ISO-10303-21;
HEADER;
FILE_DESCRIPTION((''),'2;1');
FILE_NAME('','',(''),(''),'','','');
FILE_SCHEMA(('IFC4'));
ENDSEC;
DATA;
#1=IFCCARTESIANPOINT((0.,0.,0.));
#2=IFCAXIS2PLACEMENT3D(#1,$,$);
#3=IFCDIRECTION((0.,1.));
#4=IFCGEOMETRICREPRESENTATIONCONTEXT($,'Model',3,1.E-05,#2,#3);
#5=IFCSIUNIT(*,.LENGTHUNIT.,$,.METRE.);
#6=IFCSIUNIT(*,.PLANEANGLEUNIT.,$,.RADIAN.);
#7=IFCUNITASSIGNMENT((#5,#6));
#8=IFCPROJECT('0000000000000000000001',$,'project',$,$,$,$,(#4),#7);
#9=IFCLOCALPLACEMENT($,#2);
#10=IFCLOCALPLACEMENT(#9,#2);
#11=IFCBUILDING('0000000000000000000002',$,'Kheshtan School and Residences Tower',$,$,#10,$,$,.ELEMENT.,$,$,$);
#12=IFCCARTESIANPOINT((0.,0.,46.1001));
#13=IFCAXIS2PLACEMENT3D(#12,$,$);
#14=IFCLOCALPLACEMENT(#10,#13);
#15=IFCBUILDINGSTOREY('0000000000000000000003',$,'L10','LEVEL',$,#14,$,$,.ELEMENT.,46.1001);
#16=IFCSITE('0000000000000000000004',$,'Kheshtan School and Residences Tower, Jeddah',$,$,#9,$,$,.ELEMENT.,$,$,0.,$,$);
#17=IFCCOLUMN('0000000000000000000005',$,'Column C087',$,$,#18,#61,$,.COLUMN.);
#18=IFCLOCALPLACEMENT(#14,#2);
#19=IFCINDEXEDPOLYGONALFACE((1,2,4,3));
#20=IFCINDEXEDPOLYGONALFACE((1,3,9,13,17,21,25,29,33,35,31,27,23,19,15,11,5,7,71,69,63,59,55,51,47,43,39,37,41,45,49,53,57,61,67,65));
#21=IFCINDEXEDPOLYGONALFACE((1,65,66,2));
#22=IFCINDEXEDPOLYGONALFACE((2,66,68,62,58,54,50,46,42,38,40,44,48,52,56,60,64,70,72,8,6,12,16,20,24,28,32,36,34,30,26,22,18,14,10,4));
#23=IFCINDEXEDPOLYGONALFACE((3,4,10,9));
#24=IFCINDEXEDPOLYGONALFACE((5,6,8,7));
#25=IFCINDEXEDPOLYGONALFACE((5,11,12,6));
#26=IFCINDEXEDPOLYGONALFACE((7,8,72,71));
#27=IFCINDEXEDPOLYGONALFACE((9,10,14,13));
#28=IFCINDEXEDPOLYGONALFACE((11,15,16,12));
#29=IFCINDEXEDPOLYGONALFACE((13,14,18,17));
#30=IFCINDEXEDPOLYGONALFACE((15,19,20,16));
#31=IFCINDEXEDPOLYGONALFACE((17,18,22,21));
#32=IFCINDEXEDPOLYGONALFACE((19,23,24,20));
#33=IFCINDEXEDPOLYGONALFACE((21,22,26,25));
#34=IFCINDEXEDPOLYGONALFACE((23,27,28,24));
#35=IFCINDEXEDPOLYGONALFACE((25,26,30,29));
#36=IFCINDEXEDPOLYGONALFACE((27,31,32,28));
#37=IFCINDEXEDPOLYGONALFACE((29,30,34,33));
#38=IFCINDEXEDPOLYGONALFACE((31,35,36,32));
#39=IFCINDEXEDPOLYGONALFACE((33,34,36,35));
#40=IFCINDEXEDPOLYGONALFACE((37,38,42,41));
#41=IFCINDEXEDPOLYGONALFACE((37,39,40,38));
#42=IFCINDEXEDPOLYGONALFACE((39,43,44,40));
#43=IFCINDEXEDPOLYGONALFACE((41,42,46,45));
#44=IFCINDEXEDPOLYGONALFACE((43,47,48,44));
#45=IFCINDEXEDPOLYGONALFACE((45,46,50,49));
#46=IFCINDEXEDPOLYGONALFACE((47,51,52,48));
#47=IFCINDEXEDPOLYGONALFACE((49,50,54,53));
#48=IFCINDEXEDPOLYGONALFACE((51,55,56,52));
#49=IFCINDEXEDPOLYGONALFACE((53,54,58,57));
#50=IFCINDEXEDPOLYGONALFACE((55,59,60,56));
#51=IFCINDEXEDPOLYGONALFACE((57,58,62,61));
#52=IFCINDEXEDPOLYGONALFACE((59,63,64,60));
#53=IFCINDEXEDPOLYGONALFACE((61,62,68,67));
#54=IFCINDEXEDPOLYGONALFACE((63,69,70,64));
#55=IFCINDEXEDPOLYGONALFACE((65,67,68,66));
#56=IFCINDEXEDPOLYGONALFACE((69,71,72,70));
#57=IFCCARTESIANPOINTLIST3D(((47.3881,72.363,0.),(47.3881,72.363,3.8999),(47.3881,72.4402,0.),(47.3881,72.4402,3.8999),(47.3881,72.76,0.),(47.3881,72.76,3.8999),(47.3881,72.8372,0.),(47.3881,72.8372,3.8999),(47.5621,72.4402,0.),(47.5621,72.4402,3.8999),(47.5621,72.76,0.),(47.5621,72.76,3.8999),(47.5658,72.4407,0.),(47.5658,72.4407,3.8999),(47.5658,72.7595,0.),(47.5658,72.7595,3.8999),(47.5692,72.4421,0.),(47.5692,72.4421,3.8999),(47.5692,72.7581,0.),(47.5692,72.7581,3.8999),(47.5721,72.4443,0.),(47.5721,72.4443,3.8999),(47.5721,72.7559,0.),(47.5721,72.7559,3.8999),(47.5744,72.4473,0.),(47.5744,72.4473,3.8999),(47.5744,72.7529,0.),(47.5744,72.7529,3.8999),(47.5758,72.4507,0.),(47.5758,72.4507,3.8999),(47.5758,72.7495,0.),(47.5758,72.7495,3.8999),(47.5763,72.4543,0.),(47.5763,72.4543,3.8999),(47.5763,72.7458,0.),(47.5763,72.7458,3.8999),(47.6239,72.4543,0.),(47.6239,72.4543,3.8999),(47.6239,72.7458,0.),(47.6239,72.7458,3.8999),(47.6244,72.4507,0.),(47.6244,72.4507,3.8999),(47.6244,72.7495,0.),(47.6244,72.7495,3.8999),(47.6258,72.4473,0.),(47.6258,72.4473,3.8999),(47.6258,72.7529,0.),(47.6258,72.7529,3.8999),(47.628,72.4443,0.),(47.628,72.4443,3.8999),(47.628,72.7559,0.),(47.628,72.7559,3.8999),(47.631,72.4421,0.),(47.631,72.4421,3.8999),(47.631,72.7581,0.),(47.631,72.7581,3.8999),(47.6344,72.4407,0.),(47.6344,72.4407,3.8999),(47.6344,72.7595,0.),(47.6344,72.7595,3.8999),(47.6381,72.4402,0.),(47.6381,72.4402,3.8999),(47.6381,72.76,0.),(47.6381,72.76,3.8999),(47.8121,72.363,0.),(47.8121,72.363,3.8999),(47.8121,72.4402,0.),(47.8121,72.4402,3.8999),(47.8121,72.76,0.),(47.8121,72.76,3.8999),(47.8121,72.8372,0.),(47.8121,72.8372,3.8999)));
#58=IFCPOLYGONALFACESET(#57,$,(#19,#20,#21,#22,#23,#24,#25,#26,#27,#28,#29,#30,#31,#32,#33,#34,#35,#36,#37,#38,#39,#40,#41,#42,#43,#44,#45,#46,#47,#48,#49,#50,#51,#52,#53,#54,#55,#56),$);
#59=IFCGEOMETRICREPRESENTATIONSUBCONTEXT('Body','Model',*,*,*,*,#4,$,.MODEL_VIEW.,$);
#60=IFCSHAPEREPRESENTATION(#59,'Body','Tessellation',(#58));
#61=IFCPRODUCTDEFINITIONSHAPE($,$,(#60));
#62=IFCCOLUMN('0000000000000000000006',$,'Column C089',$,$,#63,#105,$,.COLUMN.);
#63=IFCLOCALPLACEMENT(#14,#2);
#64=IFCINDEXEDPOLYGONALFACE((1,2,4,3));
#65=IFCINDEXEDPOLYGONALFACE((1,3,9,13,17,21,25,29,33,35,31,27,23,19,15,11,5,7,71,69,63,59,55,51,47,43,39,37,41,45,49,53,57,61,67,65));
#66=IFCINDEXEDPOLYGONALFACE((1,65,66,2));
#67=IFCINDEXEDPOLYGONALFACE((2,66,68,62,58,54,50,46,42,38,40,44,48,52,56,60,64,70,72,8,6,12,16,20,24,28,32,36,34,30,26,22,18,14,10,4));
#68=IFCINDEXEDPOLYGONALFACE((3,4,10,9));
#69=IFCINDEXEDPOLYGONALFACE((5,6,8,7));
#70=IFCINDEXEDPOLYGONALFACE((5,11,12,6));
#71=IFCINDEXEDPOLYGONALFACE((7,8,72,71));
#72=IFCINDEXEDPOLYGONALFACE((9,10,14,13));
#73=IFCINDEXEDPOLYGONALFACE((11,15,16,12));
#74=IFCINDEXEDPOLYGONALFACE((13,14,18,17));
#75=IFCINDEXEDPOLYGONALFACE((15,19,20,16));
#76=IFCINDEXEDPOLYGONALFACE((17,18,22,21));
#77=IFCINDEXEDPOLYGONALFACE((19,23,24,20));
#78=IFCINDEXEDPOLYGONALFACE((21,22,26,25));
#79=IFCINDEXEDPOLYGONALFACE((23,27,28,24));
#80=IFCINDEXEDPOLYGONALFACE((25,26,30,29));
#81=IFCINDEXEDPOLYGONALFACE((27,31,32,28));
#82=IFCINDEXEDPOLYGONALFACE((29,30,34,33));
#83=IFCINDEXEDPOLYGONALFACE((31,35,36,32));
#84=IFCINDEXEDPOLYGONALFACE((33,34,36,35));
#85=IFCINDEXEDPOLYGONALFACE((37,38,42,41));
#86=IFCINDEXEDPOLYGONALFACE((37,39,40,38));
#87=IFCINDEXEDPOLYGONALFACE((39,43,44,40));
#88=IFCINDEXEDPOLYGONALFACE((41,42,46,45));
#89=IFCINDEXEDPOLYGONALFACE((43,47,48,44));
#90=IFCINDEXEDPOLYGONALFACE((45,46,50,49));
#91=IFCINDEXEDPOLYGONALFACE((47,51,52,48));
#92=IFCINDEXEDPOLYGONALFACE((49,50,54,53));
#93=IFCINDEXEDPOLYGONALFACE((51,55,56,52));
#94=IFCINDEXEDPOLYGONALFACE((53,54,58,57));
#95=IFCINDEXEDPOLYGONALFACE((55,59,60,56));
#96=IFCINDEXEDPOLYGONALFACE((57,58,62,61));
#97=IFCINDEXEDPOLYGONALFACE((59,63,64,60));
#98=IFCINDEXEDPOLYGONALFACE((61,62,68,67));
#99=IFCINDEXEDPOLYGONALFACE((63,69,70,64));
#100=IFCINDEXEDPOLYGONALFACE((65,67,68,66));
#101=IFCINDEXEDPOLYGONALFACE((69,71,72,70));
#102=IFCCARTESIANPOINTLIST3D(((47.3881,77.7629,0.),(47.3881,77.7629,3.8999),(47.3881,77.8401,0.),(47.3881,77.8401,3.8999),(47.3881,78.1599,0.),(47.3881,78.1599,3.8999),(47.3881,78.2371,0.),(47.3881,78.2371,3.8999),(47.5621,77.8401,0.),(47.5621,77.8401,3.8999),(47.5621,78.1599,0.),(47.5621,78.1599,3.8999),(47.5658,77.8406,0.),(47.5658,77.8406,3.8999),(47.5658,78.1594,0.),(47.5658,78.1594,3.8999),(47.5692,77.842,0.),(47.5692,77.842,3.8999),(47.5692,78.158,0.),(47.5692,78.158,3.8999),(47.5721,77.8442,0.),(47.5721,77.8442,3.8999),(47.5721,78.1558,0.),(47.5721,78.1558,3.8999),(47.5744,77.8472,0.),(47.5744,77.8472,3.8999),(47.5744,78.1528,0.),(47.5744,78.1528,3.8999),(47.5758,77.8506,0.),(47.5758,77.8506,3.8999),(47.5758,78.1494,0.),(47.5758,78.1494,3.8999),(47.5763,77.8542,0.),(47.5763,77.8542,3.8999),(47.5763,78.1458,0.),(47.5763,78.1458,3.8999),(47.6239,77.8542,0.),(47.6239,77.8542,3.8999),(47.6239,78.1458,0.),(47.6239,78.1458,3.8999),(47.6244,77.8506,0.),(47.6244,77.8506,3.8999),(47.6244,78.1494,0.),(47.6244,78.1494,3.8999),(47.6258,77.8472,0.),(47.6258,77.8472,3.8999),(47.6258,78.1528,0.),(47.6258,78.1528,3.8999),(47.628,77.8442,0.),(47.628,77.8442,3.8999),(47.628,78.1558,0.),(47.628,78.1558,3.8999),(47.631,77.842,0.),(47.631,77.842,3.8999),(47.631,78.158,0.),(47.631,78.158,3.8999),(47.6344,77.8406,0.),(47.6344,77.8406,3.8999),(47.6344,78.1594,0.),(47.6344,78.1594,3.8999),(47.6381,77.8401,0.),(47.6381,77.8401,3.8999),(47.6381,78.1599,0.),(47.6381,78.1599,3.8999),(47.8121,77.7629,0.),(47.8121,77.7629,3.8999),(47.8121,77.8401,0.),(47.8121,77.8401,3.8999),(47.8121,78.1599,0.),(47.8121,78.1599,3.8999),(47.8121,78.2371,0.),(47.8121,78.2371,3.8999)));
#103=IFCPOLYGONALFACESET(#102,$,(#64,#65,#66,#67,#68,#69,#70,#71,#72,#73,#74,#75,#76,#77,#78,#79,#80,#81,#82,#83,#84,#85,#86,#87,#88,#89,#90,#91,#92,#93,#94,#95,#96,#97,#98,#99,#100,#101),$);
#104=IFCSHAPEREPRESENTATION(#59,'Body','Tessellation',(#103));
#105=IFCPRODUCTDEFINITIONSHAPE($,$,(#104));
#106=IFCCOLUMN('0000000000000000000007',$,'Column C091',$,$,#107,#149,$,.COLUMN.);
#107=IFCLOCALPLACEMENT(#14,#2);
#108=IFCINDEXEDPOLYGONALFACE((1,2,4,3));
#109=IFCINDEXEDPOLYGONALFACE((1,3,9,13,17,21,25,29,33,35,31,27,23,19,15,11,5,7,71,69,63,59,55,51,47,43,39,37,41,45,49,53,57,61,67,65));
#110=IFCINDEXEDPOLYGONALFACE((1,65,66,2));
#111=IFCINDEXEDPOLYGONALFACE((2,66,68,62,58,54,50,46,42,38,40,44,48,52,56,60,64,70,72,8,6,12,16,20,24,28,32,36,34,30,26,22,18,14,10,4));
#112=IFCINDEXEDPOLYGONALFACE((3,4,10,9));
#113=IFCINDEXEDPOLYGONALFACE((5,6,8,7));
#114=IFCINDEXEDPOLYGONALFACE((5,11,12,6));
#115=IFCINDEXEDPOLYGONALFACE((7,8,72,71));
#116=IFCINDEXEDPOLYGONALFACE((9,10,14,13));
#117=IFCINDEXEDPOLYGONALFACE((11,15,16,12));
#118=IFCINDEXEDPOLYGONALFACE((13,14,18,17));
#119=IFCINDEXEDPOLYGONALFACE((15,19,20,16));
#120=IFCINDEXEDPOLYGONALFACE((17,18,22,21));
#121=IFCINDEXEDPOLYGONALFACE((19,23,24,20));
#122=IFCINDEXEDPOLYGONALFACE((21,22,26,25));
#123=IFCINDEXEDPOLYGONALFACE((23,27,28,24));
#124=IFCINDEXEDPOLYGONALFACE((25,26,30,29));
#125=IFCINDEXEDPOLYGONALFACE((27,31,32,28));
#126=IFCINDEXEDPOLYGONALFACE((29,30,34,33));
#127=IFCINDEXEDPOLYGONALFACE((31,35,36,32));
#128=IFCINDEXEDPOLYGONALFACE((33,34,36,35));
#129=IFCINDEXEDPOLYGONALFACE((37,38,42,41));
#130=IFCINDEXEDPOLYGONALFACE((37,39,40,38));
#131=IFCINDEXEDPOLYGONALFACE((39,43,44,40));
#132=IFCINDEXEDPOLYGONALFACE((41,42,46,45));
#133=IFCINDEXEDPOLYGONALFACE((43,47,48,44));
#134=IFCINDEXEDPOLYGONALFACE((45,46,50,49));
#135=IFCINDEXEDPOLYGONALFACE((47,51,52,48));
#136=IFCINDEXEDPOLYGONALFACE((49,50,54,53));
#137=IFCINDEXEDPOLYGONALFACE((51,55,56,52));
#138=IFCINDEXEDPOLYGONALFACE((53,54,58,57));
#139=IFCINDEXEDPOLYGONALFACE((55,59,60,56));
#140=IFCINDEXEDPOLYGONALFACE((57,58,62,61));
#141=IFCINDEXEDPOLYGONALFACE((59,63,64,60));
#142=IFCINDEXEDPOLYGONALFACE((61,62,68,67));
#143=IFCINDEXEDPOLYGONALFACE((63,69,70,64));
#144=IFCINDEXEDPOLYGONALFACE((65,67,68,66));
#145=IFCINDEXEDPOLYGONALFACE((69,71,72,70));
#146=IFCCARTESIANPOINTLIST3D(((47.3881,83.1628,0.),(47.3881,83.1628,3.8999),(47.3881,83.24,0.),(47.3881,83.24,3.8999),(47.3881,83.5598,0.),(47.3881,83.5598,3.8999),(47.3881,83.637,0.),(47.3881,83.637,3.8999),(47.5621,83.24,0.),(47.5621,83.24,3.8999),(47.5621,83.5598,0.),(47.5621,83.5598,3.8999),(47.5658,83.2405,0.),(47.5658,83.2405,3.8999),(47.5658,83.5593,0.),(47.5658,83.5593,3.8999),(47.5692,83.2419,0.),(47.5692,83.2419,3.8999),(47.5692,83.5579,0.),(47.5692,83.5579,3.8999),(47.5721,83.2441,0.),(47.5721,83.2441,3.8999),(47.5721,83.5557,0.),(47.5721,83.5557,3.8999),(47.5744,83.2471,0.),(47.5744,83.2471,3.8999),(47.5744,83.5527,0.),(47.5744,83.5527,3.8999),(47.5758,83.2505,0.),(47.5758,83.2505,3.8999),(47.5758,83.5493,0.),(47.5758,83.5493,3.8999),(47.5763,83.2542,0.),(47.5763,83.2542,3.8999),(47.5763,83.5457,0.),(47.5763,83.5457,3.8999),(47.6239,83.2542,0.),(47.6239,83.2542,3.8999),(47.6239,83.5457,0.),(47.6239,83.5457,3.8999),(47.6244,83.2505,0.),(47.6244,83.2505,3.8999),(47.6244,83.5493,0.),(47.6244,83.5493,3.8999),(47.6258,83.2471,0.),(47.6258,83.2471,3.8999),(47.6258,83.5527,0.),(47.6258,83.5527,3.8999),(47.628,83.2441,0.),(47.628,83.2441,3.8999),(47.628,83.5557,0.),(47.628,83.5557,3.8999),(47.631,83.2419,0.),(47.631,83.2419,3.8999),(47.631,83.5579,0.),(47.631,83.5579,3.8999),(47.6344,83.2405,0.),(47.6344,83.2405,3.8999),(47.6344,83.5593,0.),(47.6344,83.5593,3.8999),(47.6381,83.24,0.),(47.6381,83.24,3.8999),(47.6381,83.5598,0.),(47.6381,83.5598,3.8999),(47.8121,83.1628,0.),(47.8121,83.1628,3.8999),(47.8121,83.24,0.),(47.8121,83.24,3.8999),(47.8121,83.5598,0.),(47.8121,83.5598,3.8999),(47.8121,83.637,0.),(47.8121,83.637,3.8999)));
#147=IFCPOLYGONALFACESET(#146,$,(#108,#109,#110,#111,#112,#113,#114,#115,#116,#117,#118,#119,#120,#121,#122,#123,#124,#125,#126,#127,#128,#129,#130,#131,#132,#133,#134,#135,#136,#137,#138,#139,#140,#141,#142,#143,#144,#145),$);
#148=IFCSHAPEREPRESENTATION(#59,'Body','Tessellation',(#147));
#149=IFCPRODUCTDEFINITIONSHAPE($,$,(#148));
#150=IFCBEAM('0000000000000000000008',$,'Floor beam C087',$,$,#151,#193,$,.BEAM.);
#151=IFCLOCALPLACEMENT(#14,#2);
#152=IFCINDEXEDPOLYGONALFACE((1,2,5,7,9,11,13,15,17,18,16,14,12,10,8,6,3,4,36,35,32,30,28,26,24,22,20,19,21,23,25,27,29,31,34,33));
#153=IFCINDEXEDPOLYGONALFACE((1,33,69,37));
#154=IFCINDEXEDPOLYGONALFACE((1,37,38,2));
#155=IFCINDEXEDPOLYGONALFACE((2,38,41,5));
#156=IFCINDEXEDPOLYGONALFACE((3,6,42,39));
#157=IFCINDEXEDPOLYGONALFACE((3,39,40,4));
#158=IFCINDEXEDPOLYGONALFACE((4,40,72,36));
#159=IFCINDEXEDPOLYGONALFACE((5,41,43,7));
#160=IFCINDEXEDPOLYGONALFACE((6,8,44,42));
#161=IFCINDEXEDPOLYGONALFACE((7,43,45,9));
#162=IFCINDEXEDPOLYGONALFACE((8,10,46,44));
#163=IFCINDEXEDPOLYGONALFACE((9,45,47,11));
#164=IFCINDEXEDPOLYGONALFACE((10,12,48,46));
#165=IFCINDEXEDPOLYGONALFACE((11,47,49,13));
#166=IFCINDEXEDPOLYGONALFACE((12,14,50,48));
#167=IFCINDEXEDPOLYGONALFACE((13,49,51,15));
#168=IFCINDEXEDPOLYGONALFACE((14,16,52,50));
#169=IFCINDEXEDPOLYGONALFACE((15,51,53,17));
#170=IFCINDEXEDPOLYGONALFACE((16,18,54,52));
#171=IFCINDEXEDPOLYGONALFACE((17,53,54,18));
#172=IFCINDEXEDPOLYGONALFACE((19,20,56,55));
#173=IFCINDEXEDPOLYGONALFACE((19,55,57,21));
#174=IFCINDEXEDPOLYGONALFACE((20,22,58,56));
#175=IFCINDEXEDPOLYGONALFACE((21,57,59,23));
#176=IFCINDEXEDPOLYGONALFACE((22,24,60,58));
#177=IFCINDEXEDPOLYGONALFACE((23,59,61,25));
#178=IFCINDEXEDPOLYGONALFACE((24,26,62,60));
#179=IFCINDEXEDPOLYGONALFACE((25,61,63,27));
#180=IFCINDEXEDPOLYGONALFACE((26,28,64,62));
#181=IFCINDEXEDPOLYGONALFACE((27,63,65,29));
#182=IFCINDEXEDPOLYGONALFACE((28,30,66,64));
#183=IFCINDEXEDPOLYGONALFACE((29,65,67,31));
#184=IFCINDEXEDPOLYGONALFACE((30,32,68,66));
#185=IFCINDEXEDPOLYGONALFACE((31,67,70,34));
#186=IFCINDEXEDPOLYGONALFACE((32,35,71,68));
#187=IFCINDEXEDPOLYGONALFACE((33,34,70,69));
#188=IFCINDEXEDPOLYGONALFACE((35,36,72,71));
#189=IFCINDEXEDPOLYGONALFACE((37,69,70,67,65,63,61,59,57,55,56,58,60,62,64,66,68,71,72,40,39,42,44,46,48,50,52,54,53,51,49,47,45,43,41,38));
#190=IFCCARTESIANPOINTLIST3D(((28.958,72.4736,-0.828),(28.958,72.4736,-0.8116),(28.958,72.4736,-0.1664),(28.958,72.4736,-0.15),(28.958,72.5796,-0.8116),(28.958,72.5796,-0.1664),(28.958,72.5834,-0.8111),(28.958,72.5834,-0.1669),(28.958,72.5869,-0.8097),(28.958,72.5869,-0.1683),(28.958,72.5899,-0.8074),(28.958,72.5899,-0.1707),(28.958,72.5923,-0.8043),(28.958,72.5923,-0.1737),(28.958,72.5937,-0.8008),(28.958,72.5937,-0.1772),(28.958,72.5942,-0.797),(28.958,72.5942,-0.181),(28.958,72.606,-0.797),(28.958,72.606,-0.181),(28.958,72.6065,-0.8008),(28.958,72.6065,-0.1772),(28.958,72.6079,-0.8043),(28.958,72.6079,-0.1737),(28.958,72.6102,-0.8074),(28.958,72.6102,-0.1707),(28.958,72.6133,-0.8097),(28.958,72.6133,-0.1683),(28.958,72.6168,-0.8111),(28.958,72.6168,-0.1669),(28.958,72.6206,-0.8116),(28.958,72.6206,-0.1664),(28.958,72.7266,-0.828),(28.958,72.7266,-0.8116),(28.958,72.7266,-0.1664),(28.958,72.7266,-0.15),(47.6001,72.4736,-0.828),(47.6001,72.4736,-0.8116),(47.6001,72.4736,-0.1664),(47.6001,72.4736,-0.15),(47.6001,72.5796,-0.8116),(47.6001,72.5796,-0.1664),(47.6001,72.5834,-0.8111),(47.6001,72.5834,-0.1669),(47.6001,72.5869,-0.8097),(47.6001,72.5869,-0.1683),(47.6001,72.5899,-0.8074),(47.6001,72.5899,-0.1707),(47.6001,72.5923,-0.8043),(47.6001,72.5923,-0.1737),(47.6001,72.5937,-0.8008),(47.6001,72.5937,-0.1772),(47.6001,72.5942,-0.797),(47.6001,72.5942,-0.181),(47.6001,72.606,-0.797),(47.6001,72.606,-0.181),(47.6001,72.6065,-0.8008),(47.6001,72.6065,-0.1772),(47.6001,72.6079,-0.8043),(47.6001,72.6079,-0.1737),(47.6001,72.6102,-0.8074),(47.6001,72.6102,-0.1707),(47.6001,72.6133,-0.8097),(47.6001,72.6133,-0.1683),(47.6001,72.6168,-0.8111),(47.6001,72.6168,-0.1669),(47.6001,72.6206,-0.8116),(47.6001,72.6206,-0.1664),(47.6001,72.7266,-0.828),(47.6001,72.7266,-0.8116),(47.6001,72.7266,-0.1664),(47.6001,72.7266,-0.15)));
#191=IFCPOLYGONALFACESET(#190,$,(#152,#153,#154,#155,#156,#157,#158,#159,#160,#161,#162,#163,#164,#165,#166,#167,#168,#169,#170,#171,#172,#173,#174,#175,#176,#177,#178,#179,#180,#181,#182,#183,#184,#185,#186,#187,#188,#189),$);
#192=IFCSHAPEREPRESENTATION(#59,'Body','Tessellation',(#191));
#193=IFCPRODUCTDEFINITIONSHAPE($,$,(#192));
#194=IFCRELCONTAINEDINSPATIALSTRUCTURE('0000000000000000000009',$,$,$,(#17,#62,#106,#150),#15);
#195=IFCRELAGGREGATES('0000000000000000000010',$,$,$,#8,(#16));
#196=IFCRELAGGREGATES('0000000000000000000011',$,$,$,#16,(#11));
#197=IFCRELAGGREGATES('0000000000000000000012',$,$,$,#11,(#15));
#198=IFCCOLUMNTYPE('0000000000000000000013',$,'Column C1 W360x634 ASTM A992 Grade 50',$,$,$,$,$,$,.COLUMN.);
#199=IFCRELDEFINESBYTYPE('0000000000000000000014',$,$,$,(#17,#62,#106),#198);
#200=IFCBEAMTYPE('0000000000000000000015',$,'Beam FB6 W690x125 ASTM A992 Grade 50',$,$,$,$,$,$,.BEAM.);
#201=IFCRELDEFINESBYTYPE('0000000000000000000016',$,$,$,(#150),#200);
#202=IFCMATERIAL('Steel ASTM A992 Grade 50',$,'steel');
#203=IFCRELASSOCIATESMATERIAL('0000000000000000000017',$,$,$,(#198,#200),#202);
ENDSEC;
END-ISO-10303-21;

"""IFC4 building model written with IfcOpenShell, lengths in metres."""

from ifc_helpers import new_model, si_unit, direction, frame, origin, origin_2d, place, context, subcontext, project, spatial, i_section, extrude, material, material_profile, profile_set, type_object, element, save


model = new_model("IFC4")

# Units and contexts
model_context = context("Model", 3, precision=1e-05, world=origin(), true_north=direction((0.0, 1.0)))
body_context = subcontext(model_context, "Body", "Model", "MODEL_VIEW")
ifc_project = project(units=[si_unit("LENGTHUNIT", "METRE"), si_unit("PLANEANGLEUNIT", "RADIAN")], contexts=[model_context])

# Site, building, storey
site_placement = place(None, origin())
site = spatial("IfcSite", under=ifc_project, at=site_placement, Name="Kheshtan School and Residences Tower, Jeddah", CompositionType="ELEMENT", RefElevation=0.0)
building_placement = place(site_placement, origin())
building = spatial("IfcBuilding", under=site, at=building_placement, Name="Kheshtan School and Residences Tower", CompositionType="ELEMENT")
storey_placement = place(building_placement, frame((0.0, 0.0, 46.1001)))
storey = spatial("IfcBuildingStorey", under=building, at=storey_placement, Name="L10", Description="LEVEL", CompositionType="ELEMENT", Elevation=46.1001)

# Columns
ifc_material_1 = material(Name="Steel ASTM A992 Grade 50", Category="steel")
ifc_material_profile_1 = material_profile(ifc_material_1, i_section(OverallWidth=0.4241, OverallDepth=0.4741, WebThickness=0.0476, FlangeThickness=0.0771, FilletRadius=0.0142, at=origin_2d()), Name="W360x634")
ifc_profile_set_1 = profile_set([ifc_material_profile_1], Name="Steel ASTM A992 Grade 50")
column_type = type_object("IfcColumnType", Name="Column C1 W360x634 ASTM A992 Grade 50", PredefinedType="COLUMN", material=ifc_profile_set_1)
for number, where, z_axis, x_axis, name in (
    (1, (47.6001, 72.6001, 0.0), (0.0, 0.0, 1.0), (1.0, 0.0, 0.0), "Column C087"),
    (2, (47.6001, 78.0, 0.0), (0.0, 0.0, 1.0), (1.0, 0.0, 0.0), "Column C089"),
    (3, (47.6001, 83.3999, 0.0), (0.0, 0.0, 1.0), (1.0, 0.0, 0.0), "Column C091"),
):
    element("IfcColumn", number, at=place(storey_placement, frame(where, z_axis=z_axis, x_axis=x_axis)), inside=storey, type_object=column_type, Name=name, PredefinedType="COLUMN", context=body_context, shape_type="SweptSolid", body=[
        extrude(i_section(OverallWidth=0.4241, OverallDepth=0.4741, WebThickness=0.0476, FlangeThickness=0.0771, FilletRadius=0.0142, at=origin_2d()), origin(), (0.0, 0.0, 1.0), 3.8999),
    ])

# Beam
ifc_material_profile_2 = material_profile(ifc_material_1, i_section(OverallWidth=0.2529, OverallDepth=0.678, WebThickness=0.0117, FlangeThickness=0.0164, FilletRadius=0.0146, at=origin_2d()), Name="W690x125")
ifc_profile_set_2 = profile_set([ifc_material_profile_2], Name="Steel ASTM A992 Grade 50")
beam_type_1 = type_object("IfcBeamType", Name="Beam FB6 W690x125 ASTM A992 Grade 50", PredefinedType="BEAM", material=ifc_profile_set_2)
beam_1_placement = place(storey_placement, frame((47.6001, 72.6001, -0.489), z_axis=(-1.0, 0.0, 0.0), x_axis=(0.0, -1.0, 0.0)))
element("IfcBeam", 4, at=beam_1_placement, inside=storey, type_object=beam_type_1, Name="Floor beam C087", PredefinedType="BEAM", context=body_context, shape_type="SweptSolid", body=[
    extrude(i_section(OverallWidth=0.2529, OverallDepth=0.678, WebThickness=0.0117, FlangeThickness=0.0164, FilletRadius=0.0146, at=origin_2d()), origin(), (0.0, 0.0, 1.0), 18.6421),
])

save(model, "model.ifc")
